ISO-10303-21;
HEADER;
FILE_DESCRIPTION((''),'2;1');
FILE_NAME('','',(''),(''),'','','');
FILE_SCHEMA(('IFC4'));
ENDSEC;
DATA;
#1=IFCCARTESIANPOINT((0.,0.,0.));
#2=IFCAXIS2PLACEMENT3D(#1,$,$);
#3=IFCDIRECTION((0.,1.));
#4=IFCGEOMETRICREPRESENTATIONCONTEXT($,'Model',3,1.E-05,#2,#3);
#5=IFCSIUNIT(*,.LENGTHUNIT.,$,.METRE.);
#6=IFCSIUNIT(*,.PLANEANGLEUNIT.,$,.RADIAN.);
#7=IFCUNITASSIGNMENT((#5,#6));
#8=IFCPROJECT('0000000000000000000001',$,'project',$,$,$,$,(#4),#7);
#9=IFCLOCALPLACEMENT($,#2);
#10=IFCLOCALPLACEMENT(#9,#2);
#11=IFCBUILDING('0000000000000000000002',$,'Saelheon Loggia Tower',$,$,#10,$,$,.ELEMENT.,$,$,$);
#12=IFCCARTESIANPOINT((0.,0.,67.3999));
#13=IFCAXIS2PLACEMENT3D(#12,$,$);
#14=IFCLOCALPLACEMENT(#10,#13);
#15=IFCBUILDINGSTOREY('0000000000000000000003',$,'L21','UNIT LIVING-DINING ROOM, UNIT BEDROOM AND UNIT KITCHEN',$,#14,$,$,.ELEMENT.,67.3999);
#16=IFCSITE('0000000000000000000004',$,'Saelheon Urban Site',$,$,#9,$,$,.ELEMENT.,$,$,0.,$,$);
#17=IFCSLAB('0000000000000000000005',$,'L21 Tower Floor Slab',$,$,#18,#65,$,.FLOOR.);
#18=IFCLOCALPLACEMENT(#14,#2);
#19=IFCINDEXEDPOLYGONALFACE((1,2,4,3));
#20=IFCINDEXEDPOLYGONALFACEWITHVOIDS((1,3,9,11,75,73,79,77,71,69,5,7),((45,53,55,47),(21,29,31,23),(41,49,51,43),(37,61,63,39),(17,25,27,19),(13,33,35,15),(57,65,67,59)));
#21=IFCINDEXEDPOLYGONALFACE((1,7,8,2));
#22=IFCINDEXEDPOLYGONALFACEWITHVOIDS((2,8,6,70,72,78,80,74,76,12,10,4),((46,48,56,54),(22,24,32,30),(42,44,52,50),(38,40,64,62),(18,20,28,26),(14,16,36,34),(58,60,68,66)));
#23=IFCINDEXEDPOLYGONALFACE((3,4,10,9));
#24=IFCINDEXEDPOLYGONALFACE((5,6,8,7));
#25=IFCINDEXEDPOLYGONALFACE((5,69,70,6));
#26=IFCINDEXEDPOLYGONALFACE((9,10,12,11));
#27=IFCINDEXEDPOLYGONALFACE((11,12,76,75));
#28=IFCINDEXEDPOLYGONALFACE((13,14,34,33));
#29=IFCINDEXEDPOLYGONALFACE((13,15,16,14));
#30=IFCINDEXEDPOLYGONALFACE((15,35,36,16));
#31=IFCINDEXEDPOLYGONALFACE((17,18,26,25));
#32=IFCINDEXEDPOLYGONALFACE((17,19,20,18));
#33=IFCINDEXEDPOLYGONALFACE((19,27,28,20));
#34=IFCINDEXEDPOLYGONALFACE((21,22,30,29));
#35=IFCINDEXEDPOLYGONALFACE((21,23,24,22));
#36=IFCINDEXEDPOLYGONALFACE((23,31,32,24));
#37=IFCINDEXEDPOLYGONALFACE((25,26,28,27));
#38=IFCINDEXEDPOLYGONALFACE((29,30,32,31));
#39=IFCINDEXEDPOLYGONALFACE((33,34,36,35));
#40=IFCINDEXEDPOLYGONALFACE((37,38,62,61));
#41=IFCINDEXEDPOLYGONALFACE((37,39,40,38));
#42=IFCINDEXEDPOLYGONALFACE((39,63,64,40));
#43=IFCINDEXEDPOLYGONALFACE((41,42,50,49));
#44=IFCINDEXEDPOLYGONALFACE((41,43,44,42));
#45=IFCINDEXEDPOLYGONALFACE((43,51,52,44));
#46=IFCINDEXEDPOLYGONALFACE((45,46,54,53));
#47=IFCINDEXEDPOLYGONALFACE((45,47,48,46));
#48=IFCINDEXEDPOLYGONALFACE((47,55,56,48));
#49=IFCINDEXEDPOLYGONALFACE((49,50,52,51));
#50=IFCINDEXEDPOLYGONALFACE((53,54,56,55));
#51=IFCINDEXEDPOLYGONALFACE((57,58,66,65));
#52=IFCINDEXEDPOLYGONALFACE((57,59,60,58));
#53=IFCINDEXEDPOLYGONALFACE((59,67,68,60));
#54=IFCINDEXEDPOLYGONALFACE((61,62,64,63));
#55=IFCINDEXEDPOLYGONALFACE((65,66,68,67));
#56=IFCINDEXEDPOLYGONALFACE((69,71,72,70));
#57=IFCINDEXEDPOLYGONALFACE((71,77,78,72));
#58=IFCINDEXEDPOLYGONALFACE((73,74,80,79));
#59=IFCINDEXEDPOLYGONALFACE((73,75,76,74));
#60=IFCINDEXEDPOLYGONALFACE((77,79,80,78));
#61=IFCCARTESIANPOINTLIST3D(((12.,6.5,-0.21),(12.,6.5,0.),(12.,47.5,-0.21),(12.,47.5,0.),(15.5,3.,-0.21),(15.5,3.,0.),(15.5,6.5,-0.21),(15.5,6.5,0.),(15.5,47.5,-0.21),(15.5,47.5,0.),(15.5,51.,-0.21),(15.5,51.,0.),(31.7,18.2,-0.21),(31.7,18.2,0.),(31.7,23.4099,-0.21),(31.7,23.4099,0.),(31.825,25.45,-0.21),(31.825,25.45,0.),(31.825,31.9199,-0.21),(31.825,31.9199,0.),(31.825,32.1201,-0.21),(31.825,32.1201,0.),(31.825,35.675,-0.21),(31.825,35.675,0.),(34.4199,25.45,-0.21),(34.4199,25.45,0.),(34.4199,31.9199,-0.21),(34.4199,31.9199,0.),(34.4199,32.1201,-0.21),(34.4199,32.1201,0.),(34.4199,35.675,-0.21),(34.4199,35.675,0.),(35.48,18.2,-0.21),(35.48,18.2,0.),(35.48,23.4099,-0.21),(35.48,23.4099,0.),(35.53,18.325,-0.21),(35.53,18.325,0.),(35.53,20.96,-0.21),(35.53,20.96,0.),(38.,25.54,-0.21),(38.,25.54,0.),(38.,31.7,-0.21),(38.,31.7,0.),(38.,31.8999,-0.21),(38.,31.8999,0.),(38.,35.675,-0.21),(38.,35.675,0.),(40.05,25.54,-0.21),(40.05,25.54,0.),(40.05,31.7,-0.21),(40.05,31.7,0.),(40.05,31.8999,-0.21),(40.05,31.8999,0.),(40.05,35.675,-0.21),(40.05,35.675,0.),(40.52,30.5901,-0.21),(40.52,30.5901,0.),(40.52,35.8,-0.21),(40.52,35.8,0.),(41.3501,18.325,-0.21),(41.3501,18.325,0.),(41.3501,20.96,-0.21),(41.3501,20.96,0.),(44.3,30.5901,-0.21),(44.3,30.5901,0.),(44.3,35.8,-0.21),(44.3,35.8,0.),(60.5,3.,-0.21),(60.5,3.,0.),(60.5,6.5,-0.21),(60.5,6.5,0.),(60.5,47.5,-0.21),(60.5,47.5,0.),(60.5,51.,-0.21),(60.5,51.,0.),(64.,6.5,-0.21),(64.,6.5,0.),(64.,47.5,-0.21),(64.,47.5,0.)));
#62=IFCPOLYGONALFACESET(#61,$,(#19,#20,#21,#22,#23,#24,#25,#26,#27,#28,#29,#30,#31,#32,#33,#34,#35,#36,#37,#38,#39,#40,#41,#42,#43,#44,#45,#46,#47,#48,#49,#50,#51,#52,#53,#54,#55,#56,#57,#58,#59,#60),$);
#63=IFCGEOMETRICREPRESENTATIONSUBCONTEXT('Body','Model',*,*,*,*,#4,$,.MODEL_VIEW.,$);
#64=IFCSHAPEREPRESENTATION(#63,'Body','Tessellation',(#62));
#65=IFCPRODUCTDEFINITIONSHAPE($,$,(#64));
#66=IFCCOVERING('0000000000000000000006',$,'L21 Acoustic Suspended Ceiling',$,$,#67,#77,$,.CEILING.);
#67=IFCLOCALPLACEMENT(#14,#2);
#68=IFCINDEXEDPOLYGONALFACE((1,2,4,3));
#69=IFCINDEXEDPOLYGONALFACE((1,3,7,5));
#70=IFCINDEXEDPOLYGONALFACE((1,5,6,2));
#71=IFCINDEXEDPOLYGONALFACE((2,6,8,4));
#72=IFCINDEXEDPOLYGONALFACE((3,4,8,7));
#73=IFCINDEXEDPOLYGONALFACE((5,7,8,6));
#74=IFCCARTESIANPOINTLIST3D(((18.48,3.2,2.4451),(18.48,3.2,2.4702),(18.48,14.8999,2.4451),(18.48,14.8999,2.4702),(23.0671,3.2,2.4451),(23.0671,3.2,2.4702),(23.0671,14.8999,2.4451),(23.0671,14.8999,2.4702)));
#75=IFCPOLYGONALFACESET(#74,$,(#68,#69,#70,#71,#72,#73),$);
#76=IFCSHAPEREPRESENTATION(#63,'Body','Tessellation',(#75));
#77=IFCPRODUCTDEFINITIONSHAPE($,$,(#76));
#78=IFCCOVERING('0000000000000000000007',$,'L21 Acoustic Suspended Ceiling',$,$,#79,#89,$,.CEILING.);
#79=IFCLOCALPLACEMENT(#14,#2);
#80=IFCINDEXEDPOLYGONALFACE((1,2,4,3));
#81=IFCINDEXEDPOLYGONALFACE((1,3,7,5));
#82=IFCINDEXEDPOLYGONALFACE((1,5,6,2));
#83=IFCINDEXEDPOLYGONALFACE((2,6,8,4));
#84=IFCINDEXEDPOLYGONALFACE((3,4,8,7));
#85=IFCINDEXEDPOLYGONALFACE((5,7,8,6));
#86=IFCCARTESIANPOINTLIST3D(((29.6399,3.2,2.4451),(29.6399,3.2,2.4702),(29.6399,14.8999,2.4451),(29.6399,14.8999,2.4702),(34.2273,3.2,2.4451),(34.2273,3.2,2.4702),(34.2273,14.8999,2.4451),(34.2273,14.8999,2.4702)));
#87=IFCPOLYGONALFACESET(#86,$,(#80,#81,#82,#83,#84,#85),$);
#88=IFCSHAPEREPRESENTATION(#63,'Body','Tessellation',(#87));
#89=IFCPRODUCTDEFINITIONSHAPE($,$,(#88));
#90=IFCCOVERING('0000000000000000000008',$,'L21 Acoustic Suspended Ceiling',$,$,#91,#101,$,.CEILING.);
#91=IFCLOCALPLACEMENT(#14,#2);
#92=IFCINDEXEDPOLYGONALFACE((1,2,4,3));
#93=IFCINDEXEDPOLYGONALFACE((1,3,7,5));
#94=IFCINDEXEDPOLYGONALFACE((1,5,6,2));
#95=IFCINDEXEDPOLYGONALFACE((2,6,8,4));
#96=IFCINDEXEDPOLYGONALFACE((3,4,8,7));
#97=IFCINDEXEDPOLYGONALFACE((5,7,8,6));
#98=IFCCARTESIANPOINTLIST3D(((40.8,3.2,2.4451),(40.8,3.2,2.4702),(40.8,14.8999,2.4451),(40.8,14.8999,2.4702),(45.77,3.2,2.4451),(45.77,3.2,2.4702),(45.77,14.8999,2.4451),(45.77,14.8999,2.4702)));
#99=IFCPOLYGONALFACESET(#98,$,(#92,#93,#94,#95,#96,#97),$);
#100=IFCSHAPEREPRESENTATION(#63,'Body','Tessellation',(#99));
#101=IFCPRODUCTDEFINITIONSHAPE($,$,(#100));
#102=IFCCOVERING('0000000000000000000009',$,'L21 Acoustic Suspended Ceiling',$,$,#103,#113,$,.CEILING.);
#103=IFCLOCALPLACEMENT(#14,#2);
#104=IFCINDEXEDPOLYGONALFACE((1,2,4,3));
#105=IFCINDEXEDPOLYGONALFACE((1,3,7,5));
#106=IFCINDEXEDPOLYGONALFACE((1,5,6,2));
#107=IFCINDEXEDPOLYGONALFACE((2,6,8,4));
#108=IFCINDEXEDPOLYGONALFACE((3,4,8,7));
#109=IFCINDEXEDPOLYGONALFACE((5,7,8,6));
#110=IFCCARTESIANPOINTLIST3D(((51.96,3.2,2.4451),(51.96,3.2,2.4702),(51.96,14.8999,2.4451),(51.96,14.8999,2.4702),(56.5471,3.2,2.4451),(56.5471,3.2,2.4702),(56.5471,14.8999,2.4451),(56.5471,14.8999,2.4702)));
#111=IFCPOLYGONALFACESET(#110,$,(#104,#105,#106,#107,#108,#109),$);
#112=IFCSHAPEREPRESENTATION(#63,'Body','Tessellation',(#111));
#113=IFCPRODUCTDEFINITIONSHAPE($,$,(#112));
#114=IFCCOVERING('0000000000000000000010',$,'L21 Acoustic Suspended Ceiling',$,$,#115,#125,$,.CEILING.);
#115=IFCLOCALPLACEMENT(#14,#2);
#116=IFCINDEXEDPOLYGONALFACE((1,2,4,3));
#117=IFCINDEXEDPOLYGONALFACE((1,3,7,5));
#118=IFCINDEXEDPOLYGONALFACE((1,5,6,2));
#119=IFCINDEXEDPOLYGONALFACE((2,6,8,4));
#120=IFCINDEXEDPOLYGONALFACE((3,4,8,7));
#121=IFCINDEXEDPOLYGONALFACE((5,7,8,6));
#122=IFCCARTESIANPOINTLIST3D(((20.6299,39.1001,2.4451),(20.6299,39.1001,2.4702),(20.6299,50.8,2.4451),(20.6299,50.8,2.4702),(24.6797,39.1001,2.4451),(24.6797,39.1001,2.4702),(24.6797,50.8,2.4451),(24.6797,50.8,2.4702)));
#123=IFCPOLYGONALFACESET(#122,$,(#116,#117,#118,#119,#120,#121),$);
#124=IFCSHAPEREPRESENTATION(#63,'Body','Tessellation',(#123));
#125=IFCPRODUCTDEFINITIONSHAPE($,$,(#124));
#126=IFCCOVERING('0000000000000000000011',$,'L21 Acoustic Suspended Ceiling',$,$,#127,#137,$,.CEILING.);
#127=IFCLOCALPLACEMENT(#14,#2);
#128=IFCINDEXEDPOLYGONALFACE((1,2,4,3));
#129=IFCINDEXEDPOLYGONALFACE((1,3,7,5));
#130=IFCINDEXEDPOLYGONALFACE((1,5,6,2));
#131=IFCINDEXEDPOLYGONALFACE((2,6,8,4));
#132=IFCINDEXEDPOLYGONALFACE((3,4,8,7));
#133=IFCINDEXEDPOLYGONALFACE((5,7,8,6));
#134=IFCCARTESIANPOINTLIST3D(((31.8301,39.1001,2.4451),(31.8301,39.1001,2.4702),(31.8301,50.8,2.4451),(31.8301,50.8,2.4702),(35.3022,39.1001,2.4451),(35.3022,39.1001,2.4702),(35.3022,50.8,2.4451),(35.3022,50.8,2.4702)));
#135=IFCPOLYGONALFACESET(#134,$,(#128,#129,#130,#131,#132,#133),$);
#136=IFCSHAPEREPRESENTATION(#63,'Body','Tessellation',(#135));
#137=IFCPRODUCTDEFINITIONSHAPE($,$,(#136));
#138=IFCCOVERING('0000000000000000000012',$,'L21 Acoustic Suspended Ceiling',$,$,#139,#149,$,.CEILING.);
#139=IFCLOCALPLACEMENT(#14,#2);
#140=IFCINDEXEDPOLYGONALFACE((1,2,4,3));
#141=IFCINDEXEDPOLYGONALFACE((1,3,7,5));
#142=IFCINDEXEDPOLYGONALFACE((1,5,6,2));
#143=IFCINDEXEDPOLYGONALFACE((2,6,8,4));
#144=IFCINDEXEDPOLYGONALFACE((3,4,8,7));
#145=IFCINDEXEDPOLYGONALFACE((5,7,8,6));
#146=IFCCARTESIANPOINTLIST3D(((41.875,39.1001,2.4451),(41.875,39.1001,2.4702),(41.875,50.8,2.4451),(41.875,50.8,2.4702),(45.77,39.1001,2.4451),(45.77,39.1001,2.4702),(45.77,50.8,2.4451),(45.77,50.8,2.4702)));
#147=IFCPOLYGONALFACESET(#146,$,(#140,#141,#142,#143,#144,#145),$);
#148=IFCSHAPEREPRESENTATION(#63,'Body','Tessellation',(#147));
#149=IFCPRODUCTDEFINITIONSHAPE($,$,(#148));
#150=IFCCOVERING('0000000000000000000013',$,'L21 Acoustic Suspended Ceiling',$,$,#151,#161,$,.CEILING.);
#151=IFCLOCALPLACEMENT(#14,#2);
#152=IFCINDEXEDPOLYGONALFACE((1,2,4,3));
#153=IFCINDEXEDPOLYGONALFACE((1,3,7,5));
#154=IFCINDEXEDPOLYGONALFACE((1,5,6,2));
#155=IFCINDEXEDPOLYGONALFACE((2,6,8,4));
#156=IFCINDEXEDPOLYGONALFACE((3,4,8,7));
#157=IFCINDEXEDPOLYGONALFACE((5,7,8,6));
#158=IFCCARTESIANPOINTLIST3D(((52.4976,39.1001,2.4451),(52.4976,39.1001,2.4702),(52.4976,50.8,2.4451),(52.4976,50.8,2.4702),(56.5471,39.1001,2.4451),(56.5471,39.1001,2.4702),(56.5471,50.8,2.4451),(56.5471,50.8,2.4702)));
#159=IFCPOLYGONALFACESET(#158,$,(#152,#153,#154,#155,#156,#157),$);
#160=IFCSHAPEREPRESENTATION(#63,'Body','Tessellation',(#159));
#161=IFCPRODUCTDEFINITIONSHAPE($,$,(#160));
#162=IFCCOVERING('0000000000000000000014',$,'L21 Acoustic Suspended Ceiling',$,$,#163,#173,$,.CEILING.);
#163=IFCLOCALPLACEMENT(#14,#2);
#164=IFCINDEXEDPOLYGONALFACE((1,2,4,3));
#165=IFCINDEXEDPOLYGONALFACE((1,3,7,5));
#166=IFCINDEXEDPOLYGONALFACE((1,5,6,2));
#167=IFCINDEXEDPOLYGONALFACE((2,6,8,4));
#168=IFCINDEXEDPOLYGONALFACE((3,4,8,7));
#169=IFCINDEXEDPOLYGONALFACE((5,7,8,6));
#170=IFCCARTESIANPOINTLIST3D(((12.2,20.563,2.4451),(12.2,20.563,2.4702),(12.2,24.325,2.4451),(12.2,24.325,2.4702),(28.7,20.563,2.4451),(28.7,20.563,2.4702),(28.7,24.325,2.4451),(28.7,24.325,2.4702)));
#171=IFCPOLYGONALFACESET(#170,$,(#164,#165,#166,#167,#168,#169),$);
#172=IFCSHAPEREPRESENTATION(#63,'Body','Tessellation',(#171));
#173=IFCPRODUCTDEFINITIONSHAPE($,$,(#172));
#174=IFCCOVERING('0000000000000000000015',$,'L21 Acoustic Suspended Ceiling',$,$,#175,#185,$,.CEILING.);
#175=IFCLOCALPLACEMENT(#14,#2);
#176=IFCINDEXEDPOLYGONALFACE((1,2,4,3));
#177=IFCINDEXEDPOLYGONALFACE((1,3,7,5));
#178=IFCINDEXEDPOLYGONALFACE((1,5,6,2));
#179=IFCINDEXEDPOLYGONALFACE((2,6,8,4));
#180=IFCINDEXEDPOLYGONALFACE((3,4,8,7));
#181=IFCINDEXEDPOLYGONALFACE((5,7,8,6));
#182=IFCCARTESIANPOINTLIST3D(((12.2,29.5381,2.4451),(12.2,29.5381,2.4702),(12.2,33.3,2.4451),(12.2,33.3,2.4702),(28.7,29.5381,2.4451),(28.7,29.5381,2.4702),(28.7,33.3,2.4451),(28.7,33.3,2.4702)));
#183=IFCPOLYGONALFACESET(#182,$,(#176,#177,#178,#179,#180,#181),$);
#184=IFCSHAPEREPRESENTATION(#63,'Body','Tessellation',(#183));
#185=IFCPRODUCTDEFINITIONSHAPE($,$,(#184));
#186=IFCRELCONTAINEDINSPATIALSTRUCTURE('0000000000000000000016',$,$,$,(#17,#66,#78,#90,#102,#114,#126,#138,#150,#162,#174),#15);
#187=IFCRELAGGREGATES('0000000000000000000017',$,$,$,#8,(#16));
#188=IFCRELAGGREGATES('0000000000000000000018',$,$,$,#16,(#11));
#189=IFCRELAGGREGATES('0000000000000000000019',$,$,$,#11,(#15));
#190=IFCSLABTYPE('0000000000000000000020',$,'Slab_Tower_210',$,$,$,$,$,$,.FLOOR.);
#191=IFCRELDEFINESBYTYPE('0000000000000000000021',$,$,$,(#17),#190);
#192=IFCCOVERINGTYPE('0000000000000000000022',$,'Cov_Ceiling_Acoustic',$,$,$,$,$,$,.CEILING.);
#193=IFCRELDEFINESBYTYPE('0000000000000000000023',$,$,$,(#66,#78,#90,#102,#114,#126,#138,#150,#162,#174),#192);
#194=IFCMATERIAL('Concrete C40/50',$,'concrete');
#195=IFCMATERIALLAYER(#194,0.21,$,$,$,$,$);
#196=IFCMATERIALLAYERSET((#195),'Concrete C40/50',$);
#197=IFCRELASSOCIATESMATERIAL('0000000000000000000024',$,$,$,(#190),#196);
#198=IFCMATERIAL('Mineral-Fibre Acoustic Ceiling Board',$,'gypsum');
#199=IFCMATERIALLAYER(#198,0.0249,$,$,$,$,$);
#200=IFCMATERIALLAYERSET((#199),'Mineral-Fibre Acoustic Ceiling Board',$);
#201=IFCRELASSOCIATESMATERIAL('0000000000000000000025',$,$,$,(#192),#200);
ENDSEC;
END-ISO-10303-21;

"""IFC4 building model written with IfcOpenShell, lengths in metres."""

from ifc_helpers import new_model, si_unit, direction, frame, origin, place, context, subcontext, project, spatial, polyline, outline, extrude, material, layer, layer_set, type_object, element, save


model = new_model("IFC4")

# Units and contexts
model_context = context("Model", 3, precision=1e-05, world=origin(), true_north=direction((0.0, 1.0)))
body_context = subcontext(model_context, "Body", "Model", "MODEL_VIEW")
ifc_project = project(units=[si_unit("LENGTHUNIT", "METRE"), si_unit("PLANEANGLEUNIT", "RADIAN")], contexts=[model_context])

# Site, building, storey
site_placement = place(None, origin())
site = spatial("IfcSite", under=ifc_project, at=site_placement, Name="Saelheon Urban Site", CompositionType="ELEMENT", RefElevation=0.0)
building_placement = place(site_placement, origin())
building = spatial("IfcBuilding", under=site, at=building_placement, Name="Saelheon Loggia Tower", CompositionType="ELEMENT")
storey_placement = place(building_placement, frame((0.0, 0.0, 67.3999)))
storey = spatial("IfcBuildingStorey", under=building, at=storey_placement, Name="L21", Description="UNIT LIVING-DINING ROOM, UNIT BEDROOM AND UNIT KITCHEN", CompositionType="ELEMENT", Elevation=67.3999)

# Shared definitions
ifc_material_1 = material(Name="Concrete C40/50", Category="concrete")

# Slab
ifc_layer_1 = layer(ifc_material_1, 0.21)
ifc_layer_set_1 = layer_set([ifc_layer_1], Name="Concrete C40/50")
slab_type_1 = type_object("IfcSlabType", Name="Slab_Tower_210", PredefinedType="FLOOR", material=ifc_layer_set_1)
slab_1_placement = place(storey_placement, frame((0.0, 0.0, -0.21)))
element("IfcSlab", 1, at=slab_1_placement, inside=storey, type_object=slab_type_1, Name="L21 Tower Floor Slab", PredefinedType="FLOOR", context=body_context, shape_type="SweptSolid", body=[
    extrude(outline(polyline([(15.5, 3.0), (60.5, 3.0), (60.5, 6.5), (64.0, 6.5), (64.0, 47.5), (60.5, 47.5), (60.5, 51.0), (15.5, 51.0), (15.5, 47.5), (12.0, 47.5), (12.0, 6.5), (15.5, 6.5), (15.5, 3.0)]), holes=[polyline([(31.7, 23.4099), (31.7, 18.2), (35.48, 18.2), (35.48, 23.4099), (31.7, 23.4099)]), polyline([(44.3, 30.5901), (44.3, 35.8), (40.52, 35.8), (40.52, 30.5901), (44.3, 30.5901)]), polyline([(35.53, 18.325), (41.3501, 18.325), (41.3501, 20.96), (35.53, 20.96), (35.53, 18.325)]), polyline([(31.825, 32.1201), (34.4199, 32.1201), (34.4199, 35.675), (31.825, 35.675), (31.825, 32.1201)]), polyline([(38.0, 31.8999), (40.05, 31.8999), (40.05, 35.675), (38.0, 35.675), (38.0, 31.8999)]), polyline([(31.825, 25.45), (34.4199, 25.45), (34.4199, 31.9199), (31.825, 31.9199), (31.825, 25.45)]), polyline([(38.0, 25.54), (40.05, 25.54), (40.05, 31.7), (38.0, 31.7), (38.0, 25.54)])]), origin(), (0.0, 0.0, 1.0), 0.21),
])

# Coverings
ifc_material_2 = material(Name="Mineral-Fibre Acoustic Ceiling Board", Category="gypsum")
ifc_layer_2 = layer(ifc_material_2, 0.0249)
ifc_layer_set_2 = layer_set([ifc_layer_2], Name="Mineral-Fibre Acoustic Ceiling Board")
covering_type = type_object("IfcCoveringType", Name="Cov_Ceiling_Acoustic", PredefinedType="CEILING", material=ifc_layer_set_2)
covering_1_placement = place(storey_placement, frame((0.0, 0.0, 2.4451)))
element("IfcCovering", 2, at=covering_1_placement, inside=storey, type_object=covering_type, Name="L21 Acoustic Suspended Ceiling", PredefinedType="CEILING", context=body_context, shape_type="SweptSolid", body=[
    extrude(outline(polyline([(18.48, 3.2), (23.0671, 3.2), (23.0671, 14.8999), (18.48, 14.8999), (18.48, 3.2)])), origin(), (0.0, 0.0, 1.0), 0.0251),
])
covering_2_placement = place(storey_placement, frame((0.0, 0.0, 2.4451)))
element("IfcCovering", 3, at=covering_2_placement, inside=storey, type_object=covering_type, Name="L21 Acoustic Suspended Ceiling", PredefinedType="CEILING", context=body_context, shape_type="SweptSolid", body=[
    extrude(outline(polyline([(29.6399, 3.2), (34.2273, 3.2), (34.2273, 14.8999), (29.6399, 14.8999), (29.6399, 3.2)])), origin(), (0.0, 0.0, 1.0), 0.0251),
])
covering_3_placement = place(storey_placement, frame((0.0, 0.0, 2.4451)))
element("IfcCovering", 4, at=covering_3_placement, inside=storey, type_object=covering_type, Name="L21 Acoustic Suspended Ceiling", PredefinedType="CEILING", context=body_context, shape_type="SweptSolid", body=[
    extrude(outline(polyline([(40.8, 3.2), (45.77, 3.2), (45.77, 14.8999), (40.8, 14.8999), (40.8, 3.2)])), origin(), (0.0, 0.0, 1.0), 0.0251),
])
covering_4_placement = place(storey_placement, frame((0.0, 0.0, 2.4451)))
element("IfcCovering", 5, at=covering_4_placement, inside=storey, type_object=covering_type, Name="L21 Acoustic Suspended Ceiling", PredefinedType="CEILING", context=body_context, shape_type="SweptSolid", body=[
    extrude(outline(polyline([(51.96, 3.2), (56.5471, 3.2), (56.5471, 14.8999), (51.96, 14.8999), (51.96, 3.2)])), origin(), (0.0, 0.0, 1.0), 0.0251),
])
covering_5_placement = place(storey_placement, frame((0.0, 0.0, 2.4451)))
element("IfcCovering", 6, at=covering_5_placement, inside=storey, type_object=covering_type, Name="L21 Acoustic Suspended Ceiling", PredefinedType="CEILING", context=body_context, shape_type="SweptSolid", body=[
    extrude(outline(polyline([(20.6299, 39.1001), (24.6797, 39.1001), (24.6797, 50.8), (20.6299, 50.8), (20.6299, 39.1001)])), origin(), (0.0, 0.0, 1.0), 0.0251),
])
covering_6_placement = place(storey_placement, frame((0.0, 0.0, 2.4451)))
element("IfcCovering", 7, at=covering_6_placement, inside=storey, type_object=covering_type, Name="L21 Acoustic Suspended Ceiling", PredefinedType="CEILING", context=body_context, shape_type="SweptSolid", body=[
    extrude(outline(polyline([(31.8301, 39.1001), (35.3022, 39.1001), (35.3022, 50.8), (31.8301, 50.8), (31.8301, 39.1001)])), origin(), (0.0, 0.0, 1.0), 0.0251),
])
covering_7_placement = place(storey_placement, frame((0.0, 0.0, 2.4451)))
element("IfcCovering", 8, at=covering_7_placement, inside=storey, type_object=covering_type, Name="L21 Acoustic Suspended Ceiling", PredefinedType="CEILING", context=body_context, shape_type="SweptSolid", body=[
    extrude(outline(polyline([(41.875, 39.1001), (45.77, 39.1001), (45.77, 50.8), (41.875, 50.8), (41.875, 39.1001)])), origin(), (0.0, 0.0, 1.0), 0.0251),
])
covering_8_placement = place(storey_placement, frame((0.0, 0.0, 2.4451)))
element("IfcCovering", 9, at=covering_8_placement, inside=storey, type_object=covering_type, Name="L21 Acoustic Suspended Ceiling", PredefinedType="CEILING", context=body_context, shape_type="SweptSolid", body=[
    extrude(outline(polyline([(52.4976, 39.1001), (56.5471, 39.1001), (56.5471, 50.8), (52.4976, 50.8), (52.4976, 39.1001)])), origin(), (0.0, 0.0, 1.0), 0.0251),
])
covering_9_placement = place(storey_placement, frame((0.0, 0.0, 2.4451)))
element("IfcCovering", 10, at=covering_9_placement, inside=storey, type_object=covering_type, Name="L21 Acoustic Suspended Ceiling", PredefinedType="CEILING", context=body_context, shape_type="SweptSolid", body=[
    extrude(outline(polyline([(12.2, 20.563), (28.7, 20.563), (28.7, 24.325), (12.2, 24.325), (12.2, 20.563)])), origin(), (0.0, 0.0, 1.0), 0.0251),
])
covering_10_placement = place(storey_placement, frame((0.0, 0.0, 2.4451)))
element("IfcCovering", 11, at=covering_10_placement, inside=storey, type_object=covering_type, Name="L21 Acoustic Suspended Ceiling", PredefinedType="CEILING", context=body_context, shape_type="SweptSolid", body=[
    extrude(outline(polyline([(12.2, 29.5381), (28.7, 29.5381), (28.7, 33.3), (12.2, 33.3), (12.2, 29.5381)])), origin(), (0.0, 0.0, 1.0), 0.0251),
])

save(model, "model.ifc")
